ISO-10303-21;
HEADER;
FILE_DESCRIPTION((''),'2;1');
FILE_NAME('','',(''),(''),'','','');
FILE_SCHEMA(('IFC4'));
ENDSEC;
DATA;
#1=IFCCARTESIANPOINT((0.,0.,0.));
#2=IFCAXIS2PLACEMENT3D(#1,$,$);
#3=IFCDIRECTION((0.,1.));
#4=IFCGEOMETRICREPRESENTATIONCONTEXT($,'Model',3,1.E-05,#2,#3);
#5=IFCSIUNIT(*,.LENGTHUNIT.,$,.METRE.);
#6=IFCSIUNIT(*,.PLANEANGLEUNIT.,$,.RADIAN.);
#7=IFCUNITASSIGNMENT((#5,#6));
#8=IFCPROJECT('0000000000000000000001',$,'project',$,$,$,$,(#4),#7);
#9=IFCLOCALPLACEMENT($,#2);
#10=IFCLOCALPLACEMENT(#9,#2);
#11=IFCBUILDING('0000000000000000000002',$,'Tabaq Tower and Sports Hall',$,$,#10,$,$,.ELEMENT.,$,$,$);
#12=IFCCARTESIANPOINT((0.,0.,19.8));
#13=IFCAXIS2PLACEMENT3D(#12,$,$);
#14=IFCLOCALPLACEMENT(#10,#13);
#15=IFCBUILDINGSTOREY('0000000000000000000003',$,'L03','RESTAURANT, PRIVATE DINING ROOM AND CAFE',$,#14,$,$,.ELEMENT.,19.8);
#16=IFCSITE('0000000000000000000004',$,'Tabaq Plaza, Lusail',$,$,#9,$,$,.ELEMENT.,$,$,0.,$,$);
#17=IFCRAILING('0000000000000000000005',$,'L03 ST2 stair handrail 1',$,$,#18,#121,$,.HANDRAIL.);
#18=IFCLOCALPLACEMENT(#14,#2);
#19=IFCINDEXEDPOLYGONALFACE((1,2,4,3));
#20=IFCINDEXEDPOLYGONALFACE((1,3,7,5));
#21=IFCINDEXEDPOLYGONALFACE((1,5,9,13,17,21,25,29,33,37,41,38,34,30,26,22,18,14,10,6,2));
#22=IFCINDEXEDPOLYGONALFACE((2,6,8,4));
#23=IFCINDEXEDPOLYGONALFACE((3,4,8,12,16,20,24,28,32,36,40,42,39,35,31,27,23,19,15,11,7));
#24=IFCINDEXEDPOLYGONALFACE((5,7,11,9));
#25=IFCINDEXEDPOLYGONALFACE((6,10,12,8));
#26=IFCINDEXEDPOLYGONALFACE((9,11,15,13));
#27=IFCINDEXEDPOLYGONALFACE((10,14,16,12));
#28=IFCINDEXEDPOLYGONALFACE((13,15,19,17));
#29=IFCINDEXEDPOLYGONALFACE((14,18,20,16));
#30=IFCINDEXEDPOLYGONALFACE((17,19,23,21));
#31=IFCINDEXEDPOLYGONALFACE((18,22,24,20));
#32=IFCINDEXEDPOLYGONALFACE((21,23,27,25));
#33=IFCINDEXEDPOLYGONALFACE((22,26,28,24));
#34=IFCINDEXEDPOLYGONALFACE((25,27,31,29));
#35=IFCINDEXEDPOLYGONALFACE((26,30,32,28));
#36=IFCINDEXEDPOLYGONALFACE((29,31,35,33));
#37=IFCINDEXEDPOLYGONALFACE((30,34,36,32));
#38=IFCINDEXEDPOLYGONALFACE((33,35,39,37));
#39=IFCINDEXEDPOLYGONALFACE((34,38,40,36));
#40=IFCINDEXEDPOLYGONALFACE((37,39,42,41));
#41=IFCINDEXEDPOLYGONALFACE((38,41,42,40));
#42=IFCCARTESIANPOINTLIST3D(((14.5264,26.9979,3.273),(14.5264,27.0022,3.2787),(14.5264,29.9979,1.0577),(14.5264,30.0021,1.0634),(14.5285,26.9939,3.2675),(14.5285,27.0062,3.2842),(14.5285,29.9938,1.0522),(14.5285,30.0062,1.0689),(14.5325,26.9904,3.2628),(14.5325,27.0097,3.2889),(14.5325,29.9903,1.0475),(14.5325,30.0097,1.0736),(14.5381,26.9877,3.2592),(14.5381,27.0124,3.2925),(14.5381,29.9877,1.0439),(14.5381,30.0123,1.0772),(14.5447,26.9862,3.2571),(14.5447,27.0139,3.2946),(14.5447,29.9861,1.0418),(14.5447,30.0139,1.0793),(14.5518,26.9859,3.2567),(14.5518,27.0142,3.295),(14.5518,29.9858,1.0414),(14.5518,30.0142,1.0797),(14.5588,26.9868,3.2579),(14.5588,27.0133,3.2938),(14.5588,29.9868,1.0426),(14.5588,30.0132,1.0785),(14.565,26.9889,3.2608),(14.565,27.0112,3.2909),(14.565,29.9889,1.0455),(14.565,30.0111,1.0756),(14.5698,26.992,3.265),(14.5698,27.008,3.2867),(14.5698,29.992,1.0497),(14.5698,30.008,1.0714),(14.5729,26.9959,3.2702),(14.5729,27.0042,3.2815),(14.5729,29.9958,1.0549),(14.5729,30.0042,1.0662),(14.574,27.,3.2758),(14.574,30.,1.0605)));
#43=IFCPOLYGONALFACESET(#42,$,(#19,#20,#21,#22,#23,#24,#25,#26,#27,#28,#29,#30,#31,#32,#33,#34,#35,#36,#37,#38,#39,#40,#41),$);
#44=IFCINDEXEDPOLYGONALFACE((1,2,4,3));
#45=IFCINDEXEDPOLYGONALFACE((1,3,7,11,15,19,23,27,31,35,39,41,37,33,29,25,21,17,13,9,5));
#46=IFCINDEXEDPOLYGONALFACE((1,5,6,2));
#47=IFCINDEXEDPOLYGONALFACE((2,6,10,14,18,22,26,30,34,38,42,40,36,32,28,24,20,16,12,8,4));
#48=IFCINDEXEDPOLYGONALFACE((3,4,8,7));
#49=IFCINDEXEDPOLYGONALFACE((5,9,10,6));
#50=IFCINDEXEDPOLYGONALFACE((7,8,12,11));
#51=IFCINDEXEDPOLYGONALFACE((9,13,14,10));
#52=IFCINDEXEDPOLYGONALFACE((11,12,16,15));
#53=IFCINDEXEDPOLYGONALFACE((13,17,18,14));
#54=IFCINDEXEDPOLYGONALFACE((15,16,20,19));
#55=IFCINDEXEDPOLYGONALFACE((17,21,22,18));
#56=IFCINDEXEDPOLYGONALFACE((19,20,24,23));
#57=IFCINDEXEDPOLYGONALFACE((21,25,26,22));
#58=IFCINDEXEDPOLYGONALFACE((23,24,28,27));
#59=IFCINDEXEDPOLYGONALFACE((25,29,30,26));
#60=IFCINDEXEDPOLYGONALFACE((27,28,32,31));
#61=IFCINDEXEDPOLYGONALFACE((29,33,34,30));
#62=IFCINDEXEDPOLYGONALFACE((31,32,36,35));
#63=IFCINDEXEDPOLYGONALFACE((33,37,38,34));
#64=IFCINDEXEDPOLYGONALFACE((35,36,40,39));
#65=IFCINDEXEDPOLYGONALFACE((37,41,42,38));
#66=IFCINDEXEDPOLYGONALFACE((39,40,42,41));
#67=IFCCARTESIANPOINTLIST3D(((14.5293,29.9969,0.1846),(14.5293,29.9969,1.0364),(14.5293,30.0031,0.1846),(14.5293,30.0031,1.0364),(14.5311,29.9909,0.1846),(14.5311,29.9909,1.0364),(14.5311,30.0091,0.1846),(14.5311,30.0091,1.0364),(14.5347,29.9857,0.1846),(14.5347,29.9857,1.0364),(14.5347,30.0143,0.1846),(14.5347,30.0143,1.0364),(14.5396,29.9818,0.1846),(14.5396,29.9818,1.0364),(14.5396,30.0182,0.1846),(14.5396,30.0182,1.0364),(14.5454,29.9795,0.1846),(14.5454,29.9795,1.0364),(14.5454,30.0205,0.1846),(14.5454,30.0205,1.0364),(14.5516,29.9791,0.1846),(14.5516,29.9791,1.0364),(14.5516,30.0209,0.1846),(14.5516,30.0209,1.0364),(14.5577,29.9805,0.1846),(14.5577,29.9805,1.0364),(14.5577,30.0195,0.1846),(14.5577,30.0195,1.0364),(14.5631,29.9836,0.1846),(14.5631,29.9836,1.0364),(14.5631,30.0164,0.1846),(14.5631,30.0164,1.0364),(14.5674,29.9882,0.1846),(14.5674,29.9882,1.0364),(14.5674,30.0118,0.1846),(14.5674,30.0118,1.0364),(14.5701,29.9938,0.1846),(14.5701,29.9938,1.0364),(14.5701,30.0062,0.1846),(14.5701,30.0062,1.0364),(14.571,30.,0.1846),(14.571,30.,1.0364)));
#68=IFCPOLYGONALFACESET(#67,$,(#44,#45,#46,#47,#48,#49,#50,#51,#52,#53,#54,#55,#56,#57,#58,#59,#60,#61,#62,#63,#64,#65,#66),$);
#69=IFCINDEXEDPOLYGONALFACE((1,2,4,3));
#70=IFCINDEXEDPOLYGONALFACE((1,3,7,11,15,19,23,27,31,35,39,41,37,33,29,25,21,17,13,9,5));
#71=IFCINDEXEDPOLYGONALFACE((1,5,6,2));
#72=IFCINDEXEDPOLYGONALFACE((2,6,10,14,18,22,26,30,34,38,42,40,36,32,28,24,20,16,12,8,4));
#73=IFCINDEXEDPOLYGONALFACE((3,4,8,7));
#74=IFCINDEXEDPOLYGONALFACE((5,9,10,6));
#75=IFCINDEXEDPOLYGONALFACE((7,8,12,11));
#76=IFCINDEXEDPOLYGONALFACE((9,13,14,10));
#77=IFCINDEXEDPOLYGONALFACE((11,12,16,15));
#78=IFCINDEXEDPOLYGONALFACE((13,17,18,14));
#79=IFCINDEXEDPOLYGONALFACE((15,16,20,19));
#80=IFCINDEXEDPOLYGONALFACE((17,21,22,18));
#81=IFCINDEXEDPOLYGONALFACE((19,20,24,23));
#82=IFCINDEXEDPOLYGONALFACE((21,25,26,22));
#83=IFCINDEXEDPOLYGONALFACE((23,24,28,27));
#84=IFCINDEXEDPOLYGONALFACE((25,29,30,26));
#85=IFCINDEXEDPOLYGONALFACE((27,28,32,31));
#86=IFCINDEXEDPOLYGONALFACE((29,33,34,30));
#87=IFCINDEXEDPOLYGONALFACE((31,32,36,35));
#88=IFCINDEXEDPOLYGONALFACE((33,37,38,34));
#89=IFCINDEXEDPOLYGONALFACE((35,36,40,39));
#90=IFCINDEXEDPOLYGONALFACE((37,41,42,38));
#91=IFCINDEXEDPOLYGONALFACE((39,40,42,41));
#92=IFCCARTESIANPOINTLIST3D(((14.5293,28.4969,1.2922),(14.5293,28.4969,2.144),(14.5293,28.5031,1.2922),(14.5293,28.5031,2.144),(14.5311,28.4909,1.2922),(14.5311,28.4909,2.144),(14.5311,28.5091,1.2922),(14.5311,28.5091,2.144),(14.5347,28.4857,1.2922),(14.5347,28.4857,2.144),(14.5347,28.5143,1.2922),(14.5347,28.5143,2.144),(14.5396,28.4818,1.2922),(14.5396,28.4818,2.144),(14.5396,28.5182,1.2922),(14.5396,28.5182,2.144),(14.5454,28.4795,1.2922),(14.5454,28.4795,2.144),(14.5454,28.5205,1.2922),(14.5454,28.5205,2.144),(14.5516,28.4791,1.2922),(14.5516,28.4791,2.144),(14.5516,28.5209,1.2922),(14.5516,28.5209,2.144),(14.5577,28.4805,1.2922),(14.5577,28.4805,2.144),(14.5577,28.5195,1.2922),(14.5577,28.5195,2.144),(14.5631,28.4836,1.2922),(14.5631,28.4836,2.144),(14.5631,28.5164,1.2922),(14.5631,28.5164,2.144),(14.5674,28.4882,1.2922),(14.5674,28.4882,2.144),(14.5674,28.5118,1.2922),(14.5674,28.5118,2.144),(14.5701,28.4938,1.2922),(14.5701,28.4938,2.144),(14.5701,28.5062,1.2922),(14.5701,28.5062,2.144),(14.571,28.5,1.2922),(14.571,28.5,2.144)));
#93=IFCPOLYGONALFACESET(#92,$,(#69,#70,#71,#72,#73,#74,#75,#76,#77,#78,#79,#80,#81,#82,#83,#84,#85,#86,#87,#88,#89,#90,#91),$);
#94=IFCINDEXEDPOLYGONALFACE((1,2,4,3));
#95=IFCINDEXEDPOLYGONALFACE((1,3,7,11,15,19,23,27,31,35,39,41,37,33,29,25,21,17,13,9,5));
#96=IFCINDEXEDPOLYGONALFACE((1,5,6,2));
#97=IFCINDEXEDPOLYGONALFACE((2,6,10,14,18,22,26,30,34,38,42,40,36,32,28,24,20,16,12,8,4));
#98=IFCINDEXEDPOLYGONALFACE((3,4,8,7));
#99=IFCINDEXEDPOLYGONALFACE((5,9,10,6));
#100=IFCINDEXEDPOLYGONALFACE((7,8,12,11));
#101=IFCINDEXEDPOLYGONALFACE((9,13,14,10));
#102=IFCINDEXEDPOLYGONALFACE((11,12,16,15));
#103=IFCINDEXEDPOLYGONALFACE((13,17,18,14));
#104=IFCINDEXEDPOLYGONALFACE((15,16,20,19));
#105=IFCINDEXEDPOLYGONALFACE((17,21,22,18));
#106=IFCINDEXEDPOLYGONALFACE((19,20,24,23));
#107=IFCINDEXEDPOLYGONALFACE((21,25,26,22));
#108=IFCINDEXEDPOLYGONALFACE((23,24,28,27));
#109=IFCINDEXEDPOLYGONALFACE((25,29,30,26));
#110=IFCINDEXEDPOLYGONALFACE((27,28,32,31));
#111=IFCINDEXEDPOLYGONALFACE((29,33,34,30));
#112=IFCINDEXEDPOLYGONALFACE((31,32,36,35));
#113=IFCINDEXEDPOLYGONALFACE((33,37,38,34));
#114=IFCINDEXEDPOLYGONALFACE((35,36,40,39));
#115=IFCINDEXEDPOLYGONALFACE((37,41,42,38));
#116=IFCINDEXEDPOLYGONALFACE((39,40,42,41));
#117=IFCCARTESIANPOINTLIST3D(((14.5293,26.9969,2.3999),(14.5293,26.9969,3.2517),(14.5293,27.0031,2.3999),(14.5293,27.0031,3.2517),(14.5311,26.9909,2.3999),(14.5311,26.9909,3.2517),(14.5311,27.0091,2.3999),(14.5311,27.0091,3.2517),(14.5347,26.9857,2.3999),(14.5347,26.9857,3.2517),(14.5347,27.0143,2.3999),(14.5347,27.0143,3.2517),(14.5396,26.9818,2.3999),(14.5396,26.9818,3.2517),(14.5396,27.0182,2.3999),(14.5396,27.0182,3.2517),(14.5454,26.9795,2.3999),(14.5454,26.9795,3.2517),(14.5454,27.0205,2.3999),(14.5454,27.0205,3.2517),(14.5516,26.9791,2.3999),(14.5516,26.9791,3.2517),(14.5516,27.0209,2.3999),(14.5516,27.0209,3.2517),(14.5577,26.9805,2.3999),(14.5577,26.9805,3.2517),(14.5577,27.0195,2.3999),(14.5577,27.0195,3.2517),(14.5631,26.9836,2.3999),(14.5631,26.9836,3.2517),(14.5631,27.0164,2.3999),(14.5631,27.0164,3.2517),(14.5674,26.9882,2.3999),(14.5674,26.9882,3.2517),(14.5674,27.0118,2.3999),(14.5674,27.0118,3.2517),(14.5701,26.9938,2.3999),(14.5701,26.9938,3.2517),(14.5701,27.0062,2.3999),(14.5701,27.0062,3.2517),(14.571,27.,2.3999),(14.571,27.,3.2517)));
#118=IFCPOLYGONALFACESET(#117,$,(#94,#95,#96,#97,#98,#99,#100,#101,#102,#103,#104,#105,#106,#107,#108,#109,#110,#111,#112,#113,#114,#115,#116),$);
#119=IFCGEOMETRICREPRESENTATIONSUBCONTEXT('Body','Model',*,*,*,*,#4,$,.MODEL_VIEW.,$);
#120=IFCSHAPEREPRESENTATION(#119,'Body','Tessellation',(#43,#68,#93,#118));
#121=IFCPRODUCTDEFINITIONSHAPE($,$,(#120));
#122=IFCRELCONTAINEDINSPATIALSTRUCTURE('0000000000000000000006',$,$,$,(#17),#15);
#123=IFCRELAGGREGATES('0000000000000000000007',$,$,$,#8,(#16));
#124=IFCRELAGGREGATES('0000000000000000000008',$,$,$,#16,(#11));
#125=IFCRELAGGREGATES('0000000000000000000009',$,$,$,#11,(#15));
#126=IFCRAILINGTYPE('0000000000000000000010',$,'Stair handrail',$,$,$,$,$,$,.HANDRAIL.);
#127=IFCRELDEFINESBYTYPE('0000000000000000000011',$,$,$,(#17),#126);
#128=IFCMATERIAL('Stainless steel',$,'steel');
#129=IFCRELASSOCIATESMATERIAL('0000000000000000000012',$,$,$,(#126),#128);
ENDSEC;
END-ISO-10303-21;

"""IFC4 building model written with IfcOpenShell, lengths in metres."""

from ifc_helpers import new_model, si_unit, direction, frame, origin, origin_2d, place, context, subcontext, project, spatial, circle, extrude, material, type_object, element, save


model = new_model("IFC4")

# Units and contexts
model_context = context("Model", 3, precision=1e-05, world=origin(), true_north=direction((0.0, 1.0)))
body_context = subcontext(model_context, "Body", "Model", "MODEL_VIEW")
ifc_project = project(units=[si_unit("LENGTHUNIT", "METRE"), si_unit("PLANEANGLEUNIT", "RADIAN")], contexts=[model_context])

# Site, building, storey
site_placement = place(None, origin())
site = spatial("IfcSite", under=ifc_project, at=site_placement, Name="Tabaq Plaza, Lusail", CompositionType="ELEMENT", RefElevation=0.0)
building_placement = place(site_placement, origin())
building = spatial("IfcBuilding", under=site, at=building_placement, Name="Tabaq Tower and Sports Hall", CompositionType="ELEMENT")
storey_placement = place(building_placement, frame((0.0, 0.0, 19.8)))
storey = spatial("IfcBuildingStorey", under=building, at=storey_placement, Name="L03", Description="RESTAURANT, PRIVATE DINING ROOM AND CAFE", CompositionType="ELEMENT", Elevation=19.8)

# Railing
ifc_material_1 = material(Name="Stainless steel", Category="steel")
railing_type_1 = type_object("IfcRailingType", Name="Stair handrail", PredefinedType="HANDRAIL", material=ifc_material_1)
railing_1_placement = place(storey_placement, frame((14.55, 30.0, 0.1846)))
element("IfcRailing", 1, at=railing_1_placement, inside=storey, type_object=railing_type_1, Name="L03 ST2 stair handrail 1", PredefinedType="HANDRAIL", context=body_context, shape_type="SweptSolid", body=[
    extrude(circle(Radius=0.0239, at=origin_2d()), frame((0.0, 0.0, 0.876), z_axis=(0.0, -0.80444, 0.594034), x_axis=(1.0, 0.0, 0.0)), (0.0, 0.0, 1.0), 3.7292),
    extrude(circle(Radius=0.021, at=origin_2d()), origin(), (0.0, 0.0, 1.0), 0.8518),
    extrude(circle(Radius=0.021, at=origin_2d()), frame((0.0, -1.5, 1.1077)), (0.0, 0.0, 1.0), 0.8518),
    extrude(circle(Radius=0.021, at=origin_2d()), frame((0.0, -3.0, 2.2153)), (0.0, 0.0, 1.0), 0.8518),
])

save(model, "model.ifc")
